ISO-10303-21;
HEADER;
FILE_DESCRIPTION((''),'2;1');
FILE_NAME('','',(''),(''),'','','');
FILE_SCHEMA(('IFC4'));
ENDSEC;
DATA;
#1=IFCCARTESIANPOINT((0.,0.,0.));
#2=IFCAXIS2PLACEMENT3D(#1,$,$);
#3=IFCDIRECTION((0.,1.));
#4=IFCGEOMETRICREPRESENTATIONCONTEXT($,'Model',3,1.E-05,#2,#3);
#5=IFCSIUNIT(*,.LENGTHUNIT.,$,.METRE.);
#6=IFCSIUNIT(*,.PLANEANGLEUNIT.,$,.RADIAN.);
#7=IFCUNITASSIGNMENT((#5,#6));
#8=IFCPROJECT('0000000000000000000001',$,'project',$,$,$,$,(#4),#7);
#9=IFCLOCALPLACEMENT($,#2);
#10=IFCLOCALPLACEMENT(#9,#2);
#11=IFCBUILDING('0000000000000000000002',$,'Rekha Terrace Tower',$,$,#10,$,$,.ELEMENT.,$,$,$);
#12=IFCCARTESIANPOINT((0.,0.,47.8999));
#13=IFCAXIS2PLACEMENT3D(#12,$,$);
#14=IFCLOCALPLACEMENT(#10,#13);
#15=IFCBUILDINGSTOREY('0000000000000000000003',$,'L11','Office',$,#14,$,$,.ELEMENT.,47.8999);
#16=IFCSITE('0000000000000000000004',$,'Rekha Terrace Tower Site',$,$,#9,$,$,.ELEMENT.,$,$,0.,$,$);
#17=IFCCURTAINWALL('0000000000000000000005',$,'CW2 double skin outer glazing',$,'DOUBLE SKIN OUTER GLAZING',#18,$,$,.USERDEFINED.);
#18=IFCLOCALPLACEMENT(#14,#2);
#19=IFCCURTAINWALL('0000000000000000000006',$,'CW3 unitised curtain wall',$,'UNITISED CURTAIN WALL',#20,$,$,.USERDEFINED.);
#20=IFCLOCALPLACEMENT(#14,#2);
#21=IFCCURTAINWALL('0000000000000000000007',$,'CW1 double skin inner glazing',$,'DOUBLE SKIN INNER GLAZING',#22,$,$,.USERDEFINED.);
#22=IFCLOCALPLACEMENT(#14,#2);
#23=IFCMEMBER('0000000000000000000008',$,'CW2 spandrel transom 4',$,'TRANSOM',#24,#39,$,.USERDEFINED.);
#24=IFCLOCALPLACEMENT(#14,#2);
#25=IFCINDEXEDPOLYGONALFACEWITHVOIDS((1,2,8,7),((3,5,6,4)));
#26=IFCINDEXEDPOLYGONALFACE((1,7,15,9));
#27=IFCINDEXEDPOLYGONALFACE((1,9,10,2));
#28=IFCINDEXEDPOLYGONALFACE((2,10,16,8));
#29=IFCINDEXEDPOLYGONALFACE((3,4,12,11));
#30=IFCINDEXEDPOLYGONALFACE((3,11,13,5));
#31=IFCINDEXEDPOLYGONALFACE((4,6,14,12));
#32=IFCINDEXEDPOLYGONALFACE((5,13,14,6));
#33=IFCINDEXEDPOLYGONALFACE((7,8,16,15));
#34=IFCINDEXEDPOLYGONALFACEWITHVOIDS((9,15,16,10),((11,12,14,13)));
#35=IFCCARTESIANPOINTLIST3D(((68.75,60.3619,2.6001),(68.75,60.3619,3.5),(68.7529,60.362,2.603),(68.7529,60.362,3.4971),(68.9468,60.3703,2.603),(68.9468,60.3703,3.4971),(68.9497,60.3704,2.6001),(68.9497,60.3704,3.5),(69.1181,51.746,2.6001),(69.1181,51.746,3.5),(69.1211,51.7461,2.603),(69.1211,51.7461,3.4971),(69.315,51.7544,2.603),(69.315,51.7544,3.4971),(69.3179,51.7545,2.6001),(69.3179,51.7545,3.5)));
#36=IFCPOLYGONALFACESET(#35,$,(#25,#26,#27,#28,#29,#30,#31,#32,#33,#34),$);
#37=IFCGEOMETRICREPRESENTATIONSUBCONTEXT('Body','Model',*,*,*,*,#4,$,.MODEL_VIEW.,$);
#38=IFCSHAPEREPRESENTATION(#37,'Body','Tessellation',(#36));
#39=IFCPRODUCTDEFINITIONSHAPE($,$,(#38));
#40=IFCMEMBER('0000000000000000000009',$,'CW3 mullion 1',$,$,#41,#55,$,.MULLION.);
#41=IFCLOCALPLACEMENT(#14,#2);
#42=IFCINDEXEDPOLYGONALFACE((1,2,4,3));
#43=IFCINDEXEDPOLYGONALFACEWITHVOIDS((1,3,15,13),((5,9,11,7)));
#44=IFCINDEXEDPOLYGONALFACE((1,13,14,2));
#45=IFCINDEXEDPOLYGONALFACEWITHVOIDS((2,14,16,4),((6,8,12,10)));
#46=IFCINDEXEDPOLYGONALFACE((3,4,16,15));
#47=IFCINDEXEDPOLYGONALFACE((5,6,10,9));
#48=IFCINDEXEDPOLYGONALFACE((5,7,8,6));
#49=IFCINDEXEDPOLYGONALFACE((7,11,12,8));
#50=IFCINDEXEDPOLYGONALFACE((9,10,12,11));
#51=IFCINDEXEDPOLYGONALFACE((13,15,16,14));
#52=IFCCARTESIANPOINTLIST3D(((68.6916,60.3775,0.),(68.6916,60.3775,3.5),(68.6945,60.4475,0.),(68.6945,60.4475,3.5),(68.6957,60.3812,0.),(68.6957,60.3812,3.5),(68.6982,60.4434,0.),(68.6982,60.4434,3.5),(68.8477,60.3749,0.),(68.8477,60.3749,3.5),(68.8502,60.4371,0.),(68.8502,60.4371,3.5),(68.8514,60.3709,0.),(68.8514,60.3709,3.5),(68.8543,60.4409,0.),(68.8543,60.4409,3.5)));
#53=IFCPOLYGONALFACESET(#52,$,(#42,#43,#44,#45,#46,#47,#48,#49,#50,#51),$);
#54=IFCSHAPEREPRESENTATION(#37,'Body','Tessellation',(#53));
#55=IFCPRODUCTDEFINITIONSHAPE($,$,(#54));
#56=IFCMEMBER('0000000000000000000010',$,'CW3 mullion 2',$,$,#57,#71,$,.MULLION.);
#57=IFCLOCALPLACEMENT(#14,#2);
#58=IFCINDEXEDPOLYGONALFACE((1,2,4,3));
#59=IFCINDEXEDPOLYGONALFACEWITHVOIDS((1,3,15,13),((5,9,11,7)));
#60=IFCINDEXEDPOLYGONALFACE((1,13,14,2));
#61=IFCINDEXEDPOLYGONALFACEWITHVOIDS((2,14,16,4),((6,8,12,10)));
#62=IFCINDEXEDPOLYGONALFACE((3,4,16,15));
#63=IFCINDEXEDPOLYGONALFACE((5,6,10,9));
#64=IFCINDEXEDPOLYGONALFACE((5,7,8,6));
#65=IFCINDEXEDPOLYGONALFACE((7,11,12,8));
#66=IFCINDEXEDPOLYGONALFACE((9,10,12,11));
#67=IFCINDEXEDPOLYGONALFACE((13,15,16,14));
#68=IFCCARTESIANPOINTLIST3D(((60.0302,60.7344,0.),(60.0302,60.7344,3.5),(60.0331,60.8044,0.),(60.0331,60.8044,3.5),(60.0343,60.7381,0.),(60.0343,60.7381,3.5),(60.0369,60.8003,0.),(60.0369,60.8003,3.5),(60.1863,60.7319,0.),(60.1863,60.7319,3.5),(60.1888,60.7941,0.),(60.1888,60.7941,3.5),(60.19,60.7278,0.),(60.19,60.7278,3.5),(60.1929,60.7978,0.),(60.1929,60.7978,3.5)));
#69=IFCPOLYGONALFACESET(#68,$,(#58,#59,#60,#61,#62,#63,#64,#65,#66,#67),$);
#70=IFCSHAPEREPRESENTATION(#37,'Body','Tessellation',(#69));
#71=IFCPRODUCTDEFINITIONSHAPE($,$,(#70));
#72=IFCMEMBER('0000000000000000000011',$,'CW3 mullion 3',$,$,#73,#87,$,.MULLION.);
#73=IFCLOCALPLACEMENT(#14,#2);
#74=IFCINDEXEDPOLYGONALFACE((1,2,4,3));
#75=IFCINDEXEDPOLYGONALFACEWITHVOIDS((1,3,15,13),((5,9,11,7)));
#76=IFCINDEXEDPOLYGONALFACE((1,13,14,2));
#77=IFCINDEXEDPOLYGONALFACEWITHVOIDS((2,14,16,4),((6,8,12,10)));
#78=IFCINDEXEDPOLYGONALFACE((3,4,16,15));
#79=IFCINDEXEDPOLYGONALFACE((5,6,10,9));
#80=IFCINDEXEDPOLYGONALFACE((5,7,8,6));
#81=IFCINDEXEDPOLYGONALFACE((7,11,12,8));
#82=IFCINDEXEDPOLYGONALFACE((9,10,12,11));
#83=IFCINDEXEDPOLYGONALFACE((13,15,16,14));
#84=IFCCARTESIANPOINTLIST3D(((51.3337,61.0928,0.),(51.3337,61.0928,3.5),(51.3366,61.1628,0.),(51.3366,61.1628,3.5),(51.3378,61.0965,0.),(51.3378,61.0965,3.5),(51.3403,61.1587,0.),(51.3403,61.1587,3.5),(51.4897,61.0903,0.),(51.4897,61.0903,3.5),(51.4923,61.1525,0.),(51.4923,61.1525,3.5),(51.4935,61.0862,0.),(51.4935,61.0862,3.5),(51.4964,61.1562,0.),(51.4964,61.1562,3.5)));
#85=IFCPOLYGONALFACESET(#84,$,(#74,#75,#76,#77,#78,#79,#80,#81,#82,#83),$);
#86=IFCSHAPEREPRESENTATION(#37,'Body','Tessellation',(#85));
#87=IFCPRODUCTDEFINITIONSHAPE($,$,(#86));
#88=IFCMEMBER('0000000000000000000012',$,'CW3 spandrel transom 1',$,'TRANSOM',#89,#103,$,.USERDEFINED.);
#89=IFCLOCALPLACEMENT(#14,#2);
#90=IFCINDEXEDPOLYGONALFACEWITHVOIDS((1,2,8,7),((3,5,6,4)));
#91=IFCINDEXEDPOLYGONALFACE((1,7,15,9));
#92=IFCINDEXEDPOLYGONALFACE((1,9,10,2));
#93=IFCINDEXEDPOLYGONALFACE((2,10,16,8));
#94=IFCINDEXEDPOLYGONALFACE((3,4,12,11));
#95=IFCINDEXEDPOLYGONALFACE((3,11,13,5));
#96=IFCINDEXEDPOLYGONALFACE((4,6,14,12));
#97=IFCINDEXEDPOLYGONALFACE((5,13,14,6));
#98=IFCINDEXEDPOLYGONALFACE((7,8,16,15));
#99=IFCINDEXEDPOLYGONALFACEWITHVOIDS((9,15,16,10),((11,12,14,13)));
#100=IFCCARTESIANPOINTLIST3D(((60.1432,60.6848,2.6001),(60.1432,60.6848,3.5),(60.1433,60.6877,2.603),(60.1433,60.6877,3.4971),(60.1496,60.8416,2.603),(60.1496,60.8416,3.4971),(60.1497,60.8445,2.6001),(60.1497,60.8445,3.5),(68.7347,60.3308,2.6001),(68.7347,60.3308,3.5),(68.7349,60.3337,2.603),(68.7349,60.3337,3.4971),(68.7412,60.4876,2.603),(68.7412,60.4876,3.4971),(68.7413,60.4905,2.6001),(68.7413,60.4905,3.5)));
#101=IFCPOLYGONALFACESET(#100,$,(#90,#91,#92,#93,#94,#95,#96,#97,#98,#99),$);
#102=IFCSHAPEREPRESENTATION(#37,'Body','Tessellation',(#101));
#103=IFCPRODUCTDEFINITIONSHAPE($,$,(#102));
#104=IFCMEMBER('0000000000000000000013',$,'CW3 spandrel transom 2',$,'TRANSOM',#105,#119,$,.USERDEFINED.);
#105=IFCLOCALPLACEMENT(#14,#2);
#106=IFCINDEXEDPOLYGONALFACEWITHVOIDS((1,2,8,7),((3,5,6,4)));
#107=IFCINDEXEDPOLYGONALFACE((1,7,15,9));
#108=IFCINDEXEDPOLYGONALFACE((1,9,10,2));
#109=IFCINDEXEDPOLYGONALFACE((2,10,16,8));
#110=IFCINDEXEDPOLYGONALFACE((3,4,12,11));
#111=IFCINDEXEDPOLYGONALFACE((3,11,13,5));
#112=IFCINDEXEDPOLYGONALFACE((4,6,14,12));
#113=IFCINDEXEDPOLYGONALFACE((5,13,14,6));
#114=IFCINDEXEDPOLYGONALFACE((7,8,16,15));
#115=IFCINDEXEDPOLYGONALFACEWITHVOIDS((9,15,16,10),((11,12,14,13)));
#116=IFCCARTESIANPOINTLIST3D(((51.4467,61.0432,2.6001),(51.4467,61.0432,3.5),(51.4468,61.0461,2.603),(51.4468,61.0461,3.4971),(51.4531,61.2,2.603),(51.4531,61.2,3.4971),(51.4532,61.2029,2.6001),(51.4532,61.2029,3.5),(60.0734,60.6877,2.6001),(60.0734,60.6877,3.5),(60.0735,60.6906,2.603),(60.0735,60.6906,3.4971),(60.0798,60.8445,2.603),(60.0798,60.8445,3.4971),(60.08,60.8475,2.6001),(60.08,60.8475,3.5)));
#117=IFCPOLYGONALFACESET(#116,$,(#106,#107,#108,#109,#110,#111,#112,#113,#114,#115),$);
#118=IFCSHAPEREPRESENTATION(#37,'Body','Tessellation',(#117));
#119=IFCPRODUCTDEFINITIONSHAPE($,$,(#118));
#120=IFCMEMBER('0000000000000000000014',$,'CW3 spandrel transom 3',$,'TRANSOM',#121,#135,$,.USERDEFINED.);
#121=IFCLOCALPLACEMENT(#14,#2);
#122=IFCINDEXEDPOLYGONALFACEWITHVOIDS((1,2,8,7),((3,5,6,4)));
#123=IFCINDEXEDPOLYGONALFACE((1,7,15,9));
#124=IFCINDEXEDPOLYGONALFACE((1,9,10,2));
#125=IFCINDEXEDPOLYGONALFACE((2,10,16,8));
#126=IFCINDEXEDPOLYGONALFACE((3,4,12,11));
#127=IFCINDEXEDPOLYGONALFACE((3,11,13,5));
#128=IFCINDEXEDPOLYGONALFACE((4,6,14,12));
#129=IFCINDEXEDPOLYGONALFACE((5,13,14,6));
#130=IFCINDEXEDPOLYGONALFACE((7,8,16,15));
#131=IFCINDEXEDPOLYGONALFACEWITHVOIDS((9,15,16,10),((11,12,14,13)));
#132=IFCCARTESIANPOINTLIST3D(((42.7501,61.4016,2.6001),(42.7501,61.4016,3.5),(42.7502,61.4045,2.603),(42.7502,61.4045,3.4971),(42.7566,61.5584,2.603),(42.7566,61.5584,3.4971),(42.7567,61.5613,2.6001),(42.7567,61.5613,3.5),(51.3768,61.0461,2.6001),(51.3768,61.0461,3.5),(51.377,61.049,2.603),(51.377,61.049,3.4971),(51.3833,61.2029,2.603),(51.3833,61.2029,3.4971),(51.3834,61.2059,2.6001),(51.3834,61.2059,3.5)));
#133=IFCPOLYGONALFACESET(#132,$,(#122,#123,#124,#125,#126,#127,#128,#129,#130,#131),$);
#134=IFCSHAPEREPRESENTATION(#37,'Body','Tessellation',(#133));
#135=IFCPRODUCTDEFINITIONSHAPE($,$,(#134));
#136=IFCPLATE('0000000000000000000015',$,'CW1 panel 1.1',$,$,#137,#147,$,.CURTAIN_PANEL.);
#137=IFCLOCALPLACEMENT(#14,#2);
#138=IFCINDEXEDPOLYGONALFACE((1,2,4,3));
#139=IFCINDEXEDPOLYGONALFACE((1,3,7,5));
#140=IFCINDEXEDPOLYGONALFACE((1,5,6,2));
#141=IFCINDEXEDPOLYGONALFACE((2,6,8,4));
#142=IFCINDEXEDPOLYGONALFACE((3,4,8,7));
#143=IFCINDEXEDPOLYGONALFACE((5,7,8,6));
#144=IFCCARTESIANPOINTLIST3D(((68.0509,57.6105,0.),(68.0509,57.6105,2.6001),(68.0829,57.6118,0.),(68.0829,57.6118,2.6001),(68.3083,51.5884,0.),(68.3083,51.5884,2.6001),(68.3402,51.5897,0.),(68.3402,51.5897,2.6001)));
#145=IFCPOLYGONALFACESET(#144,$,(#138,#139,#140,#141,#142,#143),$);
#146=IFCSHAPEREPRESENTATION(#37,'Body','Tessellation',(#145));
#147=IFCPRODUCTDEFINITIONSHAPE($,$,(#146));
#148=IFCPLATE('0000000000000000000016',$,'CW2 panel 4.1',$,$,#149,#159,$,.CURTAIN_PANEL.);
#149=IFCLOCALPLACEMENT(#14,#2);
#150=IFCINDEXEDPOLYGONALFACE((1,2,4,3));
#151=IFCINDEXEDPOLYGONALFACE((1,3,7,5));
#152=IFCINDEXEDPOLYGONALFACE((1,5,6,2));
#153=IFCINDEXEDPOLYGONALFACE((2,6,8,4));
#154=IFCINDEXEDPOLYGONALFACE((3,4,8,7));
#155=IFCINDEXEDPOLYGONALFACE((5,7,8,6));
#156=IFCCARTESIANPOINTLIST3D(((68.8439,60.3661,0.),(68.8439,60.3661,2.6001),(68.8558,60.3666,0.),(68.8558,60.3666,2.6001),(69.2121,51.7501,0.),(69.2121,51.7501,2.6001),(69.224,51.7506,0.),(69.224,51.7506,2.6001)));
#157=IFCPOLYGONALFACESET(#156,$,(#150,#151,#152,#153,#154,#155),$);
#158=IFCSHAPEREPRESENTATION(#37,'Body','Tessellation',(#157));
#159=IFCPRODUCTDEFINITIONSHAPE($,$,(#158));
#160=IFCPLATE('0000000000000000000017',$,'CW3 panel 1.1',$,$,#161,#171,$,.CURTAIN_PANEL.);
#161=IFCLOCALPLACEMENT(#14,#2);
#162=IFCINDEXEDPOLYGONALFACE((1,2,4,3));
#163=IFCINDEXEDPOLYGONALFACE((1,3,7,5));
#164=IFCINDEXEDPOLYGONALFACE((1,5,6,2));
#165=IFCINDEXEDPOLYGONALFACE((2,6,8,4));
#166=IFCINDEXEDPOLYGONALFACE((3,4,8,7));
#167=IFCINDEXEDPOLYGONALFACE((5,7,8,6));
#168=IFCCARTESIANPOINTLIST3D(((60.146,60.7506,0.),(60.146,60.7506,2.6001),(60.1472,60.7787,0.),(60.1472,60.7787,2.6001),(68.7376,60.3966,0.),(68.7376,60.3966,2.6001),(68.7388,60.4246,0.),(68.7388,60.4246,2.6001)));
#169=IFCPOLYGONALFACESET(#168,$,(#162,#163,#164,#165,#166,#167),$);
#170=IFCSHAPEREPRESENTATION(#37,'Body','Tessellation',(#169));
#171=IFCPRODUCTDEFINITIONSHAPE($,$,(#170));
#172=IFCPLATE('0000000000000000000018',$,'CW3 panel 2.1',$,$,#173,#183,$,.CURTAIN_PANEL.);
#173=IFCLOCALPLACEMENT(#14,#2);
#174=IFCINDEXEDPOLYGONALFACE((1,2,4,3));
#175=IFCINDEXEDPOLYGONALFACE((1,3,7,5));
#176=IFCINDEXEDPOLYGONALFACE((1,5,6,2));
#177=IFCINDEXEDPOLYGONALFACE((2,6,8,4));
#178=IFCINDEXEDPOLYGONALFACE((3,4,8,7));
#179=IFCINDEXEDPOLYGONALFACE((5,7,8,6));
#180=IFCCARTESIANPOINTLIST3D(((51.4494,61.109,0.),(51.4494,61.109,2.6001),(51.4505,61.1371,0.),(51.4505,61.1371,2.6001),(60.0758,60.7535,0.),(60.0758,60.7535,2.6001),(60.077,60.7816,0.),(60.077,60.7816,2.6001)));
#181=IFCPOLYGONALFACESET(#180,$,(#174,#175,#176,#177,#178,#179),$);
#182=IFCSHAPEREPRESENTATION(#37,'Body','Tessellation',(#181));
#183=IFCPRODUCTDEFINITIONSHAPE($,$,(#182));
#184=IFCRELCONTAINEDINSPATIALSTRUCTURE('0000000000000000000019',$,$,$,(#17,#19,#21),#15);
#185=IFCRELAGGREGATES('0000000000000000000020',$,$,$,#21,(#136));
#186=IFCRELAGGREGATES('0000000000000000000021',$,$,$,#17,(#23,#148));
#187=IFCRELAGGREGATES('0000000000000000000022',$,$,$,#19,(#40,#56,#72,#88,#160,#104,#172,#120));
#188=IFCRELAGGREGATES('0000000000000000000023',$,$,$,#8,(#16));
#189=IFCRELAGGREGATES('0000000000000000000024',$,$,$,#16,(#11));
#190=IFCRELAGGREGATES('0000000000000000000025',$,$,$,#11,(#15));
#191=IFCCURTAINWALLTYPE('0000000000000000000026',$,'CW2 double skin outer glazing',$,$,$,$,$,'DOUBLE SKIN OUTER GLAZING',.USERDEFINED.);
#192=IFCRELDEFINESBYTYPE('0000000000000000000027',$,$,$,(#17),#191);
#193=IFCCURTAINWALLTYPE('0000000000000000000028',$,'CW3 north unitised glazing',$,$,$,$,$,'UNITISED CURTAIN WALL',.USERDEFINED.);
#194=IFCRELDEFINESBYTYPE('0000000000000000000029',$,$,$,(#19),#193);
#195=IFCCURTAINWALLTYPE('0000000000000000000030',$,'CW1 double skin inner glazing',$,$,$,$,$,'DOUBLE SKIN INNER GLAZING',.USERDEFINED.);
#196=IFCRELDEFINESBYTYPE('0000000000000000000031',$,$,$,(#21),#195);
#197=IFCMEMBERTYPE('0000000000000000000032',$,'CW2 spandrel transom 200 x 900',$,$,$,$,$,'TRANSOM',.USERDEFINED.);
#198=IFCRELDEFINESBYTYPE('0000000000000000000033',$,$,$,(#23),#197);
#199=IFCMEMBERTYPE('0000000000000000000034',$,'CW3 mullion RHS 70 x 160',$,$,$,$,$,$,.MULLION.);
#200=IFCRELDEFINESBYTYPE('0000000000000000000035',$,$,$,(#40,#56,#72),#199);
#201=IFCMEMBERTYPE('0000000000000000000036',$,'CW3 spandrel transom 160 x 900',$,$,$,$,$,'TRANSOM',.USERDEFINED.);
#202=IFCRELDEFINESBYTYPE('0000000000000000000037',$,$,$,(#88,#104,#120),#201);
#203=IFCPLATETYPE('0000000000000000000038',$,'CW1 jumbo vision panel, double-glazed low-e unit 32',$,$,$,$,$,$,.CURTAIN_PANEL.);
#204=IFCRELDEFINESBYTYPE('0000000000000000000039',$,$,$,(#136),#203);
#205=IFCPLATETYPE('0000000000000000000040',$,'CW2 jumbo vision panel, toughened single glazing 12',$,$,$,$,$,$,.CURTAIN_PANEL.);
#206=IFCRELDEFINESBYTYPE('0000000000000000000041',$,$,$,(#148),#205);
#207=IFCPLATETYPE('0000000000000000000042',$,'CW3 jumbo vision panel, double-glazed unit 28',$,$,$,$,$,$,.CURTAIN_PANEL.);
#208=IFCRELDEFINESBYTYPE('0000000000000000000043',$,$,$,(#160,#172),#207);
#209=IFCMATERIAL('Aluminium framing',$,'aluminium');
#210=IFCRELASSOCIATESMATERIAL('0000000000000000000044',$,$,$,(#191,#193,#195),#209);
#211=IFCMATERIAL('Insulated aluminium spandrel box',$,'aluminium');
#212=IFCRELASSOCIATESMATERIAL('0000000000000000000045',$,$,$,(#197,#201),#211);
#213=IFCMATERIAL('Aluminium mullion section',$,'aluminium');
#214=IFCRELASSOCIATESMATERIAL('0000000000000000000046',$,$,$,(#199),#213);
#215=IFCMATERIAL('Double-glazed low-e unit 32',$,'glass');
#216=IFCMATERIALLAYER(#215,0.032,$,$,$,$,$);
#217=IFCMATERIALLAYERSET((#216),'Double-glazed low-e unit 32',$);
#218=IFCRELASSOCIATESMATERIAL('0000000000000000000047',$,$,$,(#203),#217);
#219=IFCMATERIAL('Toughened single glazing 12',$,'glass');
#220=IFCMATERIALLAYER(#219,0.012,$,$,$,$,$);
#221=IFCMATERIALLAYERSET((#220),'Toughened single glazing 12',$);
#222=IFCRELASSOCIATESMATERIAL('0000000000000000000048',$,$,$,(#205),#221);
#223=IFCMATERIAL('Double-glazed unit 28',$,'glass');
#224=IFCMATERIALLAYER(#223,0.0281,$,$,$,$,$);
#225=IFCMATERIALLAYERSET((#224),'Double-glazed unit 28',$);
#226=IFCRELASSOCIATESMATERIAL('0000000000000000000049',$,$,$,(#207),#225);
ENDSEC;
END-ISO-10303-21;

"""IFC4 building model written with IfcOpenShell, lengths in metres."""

from ifc_helpers import new_model, si_unit, direction, frame, origin, origin_2d, place, context, subcontext, project, spatial, rectangle, hollow_rectangle, extrude, material, layer, layer_set, material_profile, profile_set, type_object, element, aggregate, save


model = new_model("IFC4")

# Units and contexts
model_context = context("Model", 3, precision=1e-05, world=origin(), true_north=direction((0.0, 1.0)))
body_context = subcontext(model_context, "Body", "Model", "MODEL_VIEW")
ifc_project = project(units=[si_unit("LENGTHUNIT", "METRE"), si_unit("PLANEANGLEUNIT", "RADIAN")], contexts=[model_context])

# Site, building, storey
site_placement = place(None, origin())
site = spatial("IfcSite", under=ifc_project, at=site_placement, Name="Rekha Terrace Tower Site", CompositionType="ELEMENT", RefElevation=0.0)
building_placement = place(site_placement, origin())
building = spatial("IfcBuilding", under=site, at=building_placement, Name="Rekha Terrace Tower", CompositionType="ELEMENT")
storey_placement = place(building_placement, frame((0.0, 0.0, 47.8999)))
storey = spatial("IfcBuildingStorey", under=building, at=storey_placement, Name="L11", Description="Office", CompositionType="ELEMENT", Elevation=47.8999)

# Curtain wall
ifc_material_1 = material(Name="Aluminium framing", Category="aluminium")
curtain_wall_type_1 = type_object("IfcCurtainWallType", Name="CW2 double skin outer glazing", ElementType="DOUBLE SKIN OUTER GLAZING", PredefinedType="USERDEFINED", material=ifc_material_1)
curtain_wall_1_placement = place(storey_placement, origin())
curtain_wall_1 = element("IfcCurtainWall", 1, at=curtain_wall_1_placement, inside=storey, type_object=curtain_wall_type_1, Name="CW2 double skin outer glazing", ObjectType="DOUBLE SKIN OUTER GLAZING", PredefinedType="USERDEFINED")

# Curtain walls
curtain_wall_type_2 = type_object("IfcCurtainWallType", Name="CW3 north unitised glazing", ElementType="UNITISED CURTAIN WALL", PredefinedType="USERDEFINED", material=ifc_material_1)
curtain_wall_2_placement = place(storey_placement, origin())
curtain_wall_2 = element("IfcCurtainWall", 2, at=curtain_wall_2_placement, inside=storey, type_object=curtain_wall_type_2, Name="CW3 unitised curtain wall", ObjectType="UNITISED CURTAIN WALL", PredefinedType="USERDEFINED")
curtain_wall_type_3 = type_object("IfcCurtainWallType", Name="CW1 double skin inner glazing", ElementType="DOUBLE SKIN INNER GLAZING", PredefinedType="USERDEFINED", material=ifc_material_1)
curtain_wall_3_placement = place(storey_placement, origin())
curtain_wall_3 = element("IfcCurtainWall", 3, at=curtain_wall_3_placement, inside=storey, type_object=curtain_wall_type_3, Name="CW1 double skin inner glazing", ObjectType="DOUBLE SKIN INNER GLAZING", PredefinedType="USERDEFINED")
ifc_material_2 = material(Name="Aluminium mullion section", Category="aluminium")
ifc_material_3 = material(Name="Insulated aluminium spandrel box", Category="aluminium")

# Members
ifc_material_profile_1 = material_profile(ifc_material_3, hollow_rectangle(XDim=0.2, YDim=0.8999, WallThickness=0.0029, at=origin_2d()), Name="AL SPANDREL BOX 200x900")
ifc_profile_set_1 = profile_set([ifc_material_profile_1], Name="Insulated aluminium spandrel box")
member_type_1 = type_object("IfcMemberType", Name="CW2 spandrel transom 200 x 900", ElementType="TRANSOM", PredefinedType="USERDEFINED", material=ifc_profile_set_1)
member_1_placement = place(storey_placement, frame((69.218, 51.7502, 3.05), z_axis=(-0.042691, 0.999088, 0.0), x_axis=(-0.999088, -0.042691, 0.0)))
member_1 = element("IfcMember", 4, at=member_1_placement, type_object=member_type_1, Name="CW2 spandrel transom 4", ObjectType="TRANSOM", PredefinedType="USERDEFINED", context=body_context, shape_type="SweptSolid", body=[
    extrude(hollow_rectangle(XDim=0.2, YDim=0.8999, WallThickness=0.0029, at=origin_2d()), origin(), (0.0, 0.0, 1.0), 8.6238),
])
ifc_material_profile_2 = material_profile(ifc_material_2, hollow_rectangle(XDim=0.0701, YDim=0.1599, WallThickness=0.0039, at=origin_2d()), Name="AL RHS 70x160")
ifc_profile_set_2 = profile_set([ifc_material_profile_2], Name="Aluminium mullion section")
member_type_2 = type_object("IfcMemberType", Name="CW3 mullion RHS 70 x 160", PredefinedType="MULLION", material=ifc_profile_set_2)
member_2_placement = place(storey_placement, frame((68.7729, 60.4092, 0.0), z_axis=(0.0, 0.0, 1.0), x_axis=(-0.041174, -0.999152, 0.0)))
member_2 = element("IfcMember", 5, at=member_2_placement, type_object=member_type_2, Name="CW3 mullion 1", PredefinedType="MULLION", context=body_context, shape_type="SweptSolid", body=[
    extrude(hollow_rectangle(XDim=0.0701, YDim=0.1599, WallThickness=0.0039, at=origin_2d()), origin(), (0.0, 0.0, 1.0), 3.5),
])
member_3_placement = place(storey_placement, frame((60.1116, 60.7661, 0.0), z_axis=(0.0, 0.0, 1.0), x_axis=(-0.041174, -0.999152, 0.0)))
member_3 = element("IfcMember", 6, at=member_3_placement, type_object=member_type_2, Name="CW3 mullion 2", PredefinedType="MULLION", context=body_context, shape_type="SweptSolid", body=[
    extrude(hollow_rectangle(XDim=0.0701, YDim=0.1599, WallThickness=0.0039, at=origin_2d()), origin(), (0.0, 0.0, 1.0), 3.5),
])
member_4_placement = place(storey_placement, frame((51.415, 61.1245, 0.0), z_axis=(0.0, 0.0, 1.0), x_axis=(-0.041174, -0.999152, 0.0)))
member_4 = element("IfcMember", 7, at=member_4_placement, type_object=member_type_2, Name="CW3 mullion 3", PredefinedType="MULLION", context=body_context, shape_type="SweptSolid", body=[
    extrude(hollow_rectangle(XDim=0.0701, YDim=0.1599, WallThickness=0.0039, at=origin_2d()), origin(), (0.0, 0.0, 1.0), 3.5),
])
ifc_material_profile_3 = material_profile(ifc_material_3, hollow_rectangle(XDim=0.1599, YDim=0.8999, WallThickness=0.0029, at=origin_2d()), Name="AL SPANDREL BOX 160x900")
ifc_profile_set_3 = profile_set([ifc_material_profile_3], Name="Insulated aluminium spandrel box")
member_type_3 = type_object("IfcMemberType", Name="CW3 spandrel transom 160 x 900", ElementType="TRANSOM", PredefinedType="USERDEFINED", material=ifc_profile_set_3)
member_5_placement = place(storey_placement, frame((68.738, 60.4106, 3.05), z_axis=(-0.999152, 0.041169, 0.0), x_axis=(-0.041169, -0.999152, 0.0)))
member_5 = element("IfcMember", 8, at=member_5_placement, type_object=member_type_3, Name="CW3 spandrel transom 1", ObjectType="TRANSOM", PredefinedType="USERDEFINED", context=body_context, shape_type="SweptSolid", body=[
    extrude(hollow_rectangle(XDim=0.1599, YDim=0.8999, WallThickness=0.0029, at=origin_2d()), origin(), (0.0, 0.0, 1.0), 8.5989),
])
member_6_placement = place(storey_placement, frame((60.0767, 60.7676, 3.05), z_axis=(-0.999152, 0.041171, 0.0), x_axis=(-0.041171, -0.999152, 0.0)))
member_6 = element("IfcMember", 9, at=member_6_placement, type_object=member_type_3, Name="CW3 spandrel transom 2", ObjectType="TRANSOM", PredefinedType="USERDEFINED", context=body_context, shape_type="SweptSolid", body=[
    extrude(hollow_rectangle(XDim=0.1599, YDim=0.8999, WallThickness=0.0029, at=origin_2d()), origin(), (0.0, 0.0, 1.0), 8.634),
])
member_7_placement = place(storey_placement, frame((51.3801, 61.126, 3.05), z_axis=(-0.999152, 0.041171, 0.0), x_axis=(-0.041171, -0.999152, 0.0)))
member_7 = element("IfcMember", 10, at=member_7_placement, type_object=member_type_3, Name="CW3 spandrel transom 3", ObjectType="TRANSOM", PredefinedType="USERDEFINED", context=body_context, shape_type="SweptSolid", body=[
    extrude(hollow_rectangle(XDim=0.1599, YDim=0.8999, WallThickness=0.0029, at=origin_2d()), origin(), (0.0, 0.0, 1.0), 8.634),
])

# Plates
ifc_material_4 = material(Name="Double-glazed low-e unit 32", Category="glass")
ifc_layer_1 = layer(ifc_material_4, 0.032)
ifc_layer_set_1 = layer_set([ifc_layer_1], Name="Double-glazed low-e unit 32")
plate_type_1 = type_object("IfcPlateType", Name="CW1 jumbo vision panel, double-glazed low-e unit 32", PredefinedType="CURTAIN_PANEL", material=ifc_layer_set_1)
plate_1_placement = place(storey_placement, frame((68.1956, 54.6001, 0.0), z_axis=(0.0, 0.0, 1.0), x_axis=(-0.042696, 0.999088, 0.0)))
plate_1 = element("IfcPlate", 11, at=plate_1_placement, type_object=plate_type_1, Name="CW1 panel 1.1", PredefinedType="CURTAIN_PANEL", context=body_context, shape_type="SweptSolid", body=[
    extrude(rectangle(XDim=6.0276, YDim=0.032, at=origin_2d()), origin(), (0.0, 0.0, 1.0), 2.6001),
])
aggregate(curtain_wall_3, [plate_1])
ifc_material_5 = material(Name="Toughened single glazing 12", Category="glass")
ifc_layer_2 = layer(ifc_material_5, 0.012)
ifc_layer_set_2 = layer_set([ifc_layer_2], Name="Toughened single glazing 12")
plate_type_2 = type_object("IfcPlateType", Name="CW2 jumbo vision panel, toughened single glazing 12", PredefinedType="CURTAIN_PANEL", material=ifc_layer_set_2)
plate_2_placement = place(storey_placement, frame((69.0339, 56.0583, 0.0), z_axis=(0.0, 0.0, 1.0), x_axis=(-0.042696, 0.999088, 0.0)))
plate_2 = element("IfcPlate", 12, at=plate_2_placement, type_object=plate_type_2, Name="CW2 panel 4.1", PredefinedType="CURTAIN_PANEL", context=body_context, shape_type="SweptSolid", body=[
    extrude(rectangle(XDim=8.6238, YDim=0.012, at=origin_2d()), origin(), (0.0, 0.0, 1.0), 2.6001),
])
aggregate(curtain_wall_1, [member_1, plate_2])
ifc_material_6 = material(Name="Double-glazed unit 28", Category="glass")
ifc_layer_3 = layer(ifc_material_6, 0.0281)
ifc_layer_set_3 = layer_set([ifc_layer_3], Name="Double-glazed unit 28")
plate_type_3 = type_object("IfcPlateType", Name="CW3 jumbo vision panel, double-glazed unit 28", PredefinedType="CURTAIN_PANEL", material=ifc_layer_set_3)
plate_3_placement = place(storey_placement, frame((64.4424, 60.5876, 0.0), z_axis=(0.0, 0.0, 1.0), x_axis=(-0.999152, 0.041174, 0.0)))
plate_3 = element("IfcPlate", 13, at=plate_3_placement, type_object=plate_type_3, Name="CW3 panel 1.1", PredefinedType="CURTAIN_PANEL", context=body_context, shape_type="SweptSolid", body=[
    extrude(rectangle(XDim=8.5989, YDim=0.0281, at=origin_2d()), origin(), (0.0, 0.0, 1.0), 2.6001),
])
plate_4_placement = place(storey_placement, frame((55.7632, 60.9453, 0.0), z_axis=(0.0, 0.0, 1.0), x_axis=(-0.999152, 0.041174, 0.0)))
plate_4 = element("IfcPlate", 14, at=plate_4_placement, type_object=plate_type_3, Name="CW3 panel 2.1", PredefinedType="CURTAIN_PANEL", context=body_context, shape_type="SweptSolid", body=[
    extrude(rectangle(XDim=8.6338, YDim=0.0281, at=origin_2d()), origin(), (0.0, 0.0, 1.0), 2.6001),
])
aggregate(curtain_wall_2, [member_2, member_3, member_4, member_5, plate_3, member_6, plate_4, member_7])

save(model, "model.ifc")
